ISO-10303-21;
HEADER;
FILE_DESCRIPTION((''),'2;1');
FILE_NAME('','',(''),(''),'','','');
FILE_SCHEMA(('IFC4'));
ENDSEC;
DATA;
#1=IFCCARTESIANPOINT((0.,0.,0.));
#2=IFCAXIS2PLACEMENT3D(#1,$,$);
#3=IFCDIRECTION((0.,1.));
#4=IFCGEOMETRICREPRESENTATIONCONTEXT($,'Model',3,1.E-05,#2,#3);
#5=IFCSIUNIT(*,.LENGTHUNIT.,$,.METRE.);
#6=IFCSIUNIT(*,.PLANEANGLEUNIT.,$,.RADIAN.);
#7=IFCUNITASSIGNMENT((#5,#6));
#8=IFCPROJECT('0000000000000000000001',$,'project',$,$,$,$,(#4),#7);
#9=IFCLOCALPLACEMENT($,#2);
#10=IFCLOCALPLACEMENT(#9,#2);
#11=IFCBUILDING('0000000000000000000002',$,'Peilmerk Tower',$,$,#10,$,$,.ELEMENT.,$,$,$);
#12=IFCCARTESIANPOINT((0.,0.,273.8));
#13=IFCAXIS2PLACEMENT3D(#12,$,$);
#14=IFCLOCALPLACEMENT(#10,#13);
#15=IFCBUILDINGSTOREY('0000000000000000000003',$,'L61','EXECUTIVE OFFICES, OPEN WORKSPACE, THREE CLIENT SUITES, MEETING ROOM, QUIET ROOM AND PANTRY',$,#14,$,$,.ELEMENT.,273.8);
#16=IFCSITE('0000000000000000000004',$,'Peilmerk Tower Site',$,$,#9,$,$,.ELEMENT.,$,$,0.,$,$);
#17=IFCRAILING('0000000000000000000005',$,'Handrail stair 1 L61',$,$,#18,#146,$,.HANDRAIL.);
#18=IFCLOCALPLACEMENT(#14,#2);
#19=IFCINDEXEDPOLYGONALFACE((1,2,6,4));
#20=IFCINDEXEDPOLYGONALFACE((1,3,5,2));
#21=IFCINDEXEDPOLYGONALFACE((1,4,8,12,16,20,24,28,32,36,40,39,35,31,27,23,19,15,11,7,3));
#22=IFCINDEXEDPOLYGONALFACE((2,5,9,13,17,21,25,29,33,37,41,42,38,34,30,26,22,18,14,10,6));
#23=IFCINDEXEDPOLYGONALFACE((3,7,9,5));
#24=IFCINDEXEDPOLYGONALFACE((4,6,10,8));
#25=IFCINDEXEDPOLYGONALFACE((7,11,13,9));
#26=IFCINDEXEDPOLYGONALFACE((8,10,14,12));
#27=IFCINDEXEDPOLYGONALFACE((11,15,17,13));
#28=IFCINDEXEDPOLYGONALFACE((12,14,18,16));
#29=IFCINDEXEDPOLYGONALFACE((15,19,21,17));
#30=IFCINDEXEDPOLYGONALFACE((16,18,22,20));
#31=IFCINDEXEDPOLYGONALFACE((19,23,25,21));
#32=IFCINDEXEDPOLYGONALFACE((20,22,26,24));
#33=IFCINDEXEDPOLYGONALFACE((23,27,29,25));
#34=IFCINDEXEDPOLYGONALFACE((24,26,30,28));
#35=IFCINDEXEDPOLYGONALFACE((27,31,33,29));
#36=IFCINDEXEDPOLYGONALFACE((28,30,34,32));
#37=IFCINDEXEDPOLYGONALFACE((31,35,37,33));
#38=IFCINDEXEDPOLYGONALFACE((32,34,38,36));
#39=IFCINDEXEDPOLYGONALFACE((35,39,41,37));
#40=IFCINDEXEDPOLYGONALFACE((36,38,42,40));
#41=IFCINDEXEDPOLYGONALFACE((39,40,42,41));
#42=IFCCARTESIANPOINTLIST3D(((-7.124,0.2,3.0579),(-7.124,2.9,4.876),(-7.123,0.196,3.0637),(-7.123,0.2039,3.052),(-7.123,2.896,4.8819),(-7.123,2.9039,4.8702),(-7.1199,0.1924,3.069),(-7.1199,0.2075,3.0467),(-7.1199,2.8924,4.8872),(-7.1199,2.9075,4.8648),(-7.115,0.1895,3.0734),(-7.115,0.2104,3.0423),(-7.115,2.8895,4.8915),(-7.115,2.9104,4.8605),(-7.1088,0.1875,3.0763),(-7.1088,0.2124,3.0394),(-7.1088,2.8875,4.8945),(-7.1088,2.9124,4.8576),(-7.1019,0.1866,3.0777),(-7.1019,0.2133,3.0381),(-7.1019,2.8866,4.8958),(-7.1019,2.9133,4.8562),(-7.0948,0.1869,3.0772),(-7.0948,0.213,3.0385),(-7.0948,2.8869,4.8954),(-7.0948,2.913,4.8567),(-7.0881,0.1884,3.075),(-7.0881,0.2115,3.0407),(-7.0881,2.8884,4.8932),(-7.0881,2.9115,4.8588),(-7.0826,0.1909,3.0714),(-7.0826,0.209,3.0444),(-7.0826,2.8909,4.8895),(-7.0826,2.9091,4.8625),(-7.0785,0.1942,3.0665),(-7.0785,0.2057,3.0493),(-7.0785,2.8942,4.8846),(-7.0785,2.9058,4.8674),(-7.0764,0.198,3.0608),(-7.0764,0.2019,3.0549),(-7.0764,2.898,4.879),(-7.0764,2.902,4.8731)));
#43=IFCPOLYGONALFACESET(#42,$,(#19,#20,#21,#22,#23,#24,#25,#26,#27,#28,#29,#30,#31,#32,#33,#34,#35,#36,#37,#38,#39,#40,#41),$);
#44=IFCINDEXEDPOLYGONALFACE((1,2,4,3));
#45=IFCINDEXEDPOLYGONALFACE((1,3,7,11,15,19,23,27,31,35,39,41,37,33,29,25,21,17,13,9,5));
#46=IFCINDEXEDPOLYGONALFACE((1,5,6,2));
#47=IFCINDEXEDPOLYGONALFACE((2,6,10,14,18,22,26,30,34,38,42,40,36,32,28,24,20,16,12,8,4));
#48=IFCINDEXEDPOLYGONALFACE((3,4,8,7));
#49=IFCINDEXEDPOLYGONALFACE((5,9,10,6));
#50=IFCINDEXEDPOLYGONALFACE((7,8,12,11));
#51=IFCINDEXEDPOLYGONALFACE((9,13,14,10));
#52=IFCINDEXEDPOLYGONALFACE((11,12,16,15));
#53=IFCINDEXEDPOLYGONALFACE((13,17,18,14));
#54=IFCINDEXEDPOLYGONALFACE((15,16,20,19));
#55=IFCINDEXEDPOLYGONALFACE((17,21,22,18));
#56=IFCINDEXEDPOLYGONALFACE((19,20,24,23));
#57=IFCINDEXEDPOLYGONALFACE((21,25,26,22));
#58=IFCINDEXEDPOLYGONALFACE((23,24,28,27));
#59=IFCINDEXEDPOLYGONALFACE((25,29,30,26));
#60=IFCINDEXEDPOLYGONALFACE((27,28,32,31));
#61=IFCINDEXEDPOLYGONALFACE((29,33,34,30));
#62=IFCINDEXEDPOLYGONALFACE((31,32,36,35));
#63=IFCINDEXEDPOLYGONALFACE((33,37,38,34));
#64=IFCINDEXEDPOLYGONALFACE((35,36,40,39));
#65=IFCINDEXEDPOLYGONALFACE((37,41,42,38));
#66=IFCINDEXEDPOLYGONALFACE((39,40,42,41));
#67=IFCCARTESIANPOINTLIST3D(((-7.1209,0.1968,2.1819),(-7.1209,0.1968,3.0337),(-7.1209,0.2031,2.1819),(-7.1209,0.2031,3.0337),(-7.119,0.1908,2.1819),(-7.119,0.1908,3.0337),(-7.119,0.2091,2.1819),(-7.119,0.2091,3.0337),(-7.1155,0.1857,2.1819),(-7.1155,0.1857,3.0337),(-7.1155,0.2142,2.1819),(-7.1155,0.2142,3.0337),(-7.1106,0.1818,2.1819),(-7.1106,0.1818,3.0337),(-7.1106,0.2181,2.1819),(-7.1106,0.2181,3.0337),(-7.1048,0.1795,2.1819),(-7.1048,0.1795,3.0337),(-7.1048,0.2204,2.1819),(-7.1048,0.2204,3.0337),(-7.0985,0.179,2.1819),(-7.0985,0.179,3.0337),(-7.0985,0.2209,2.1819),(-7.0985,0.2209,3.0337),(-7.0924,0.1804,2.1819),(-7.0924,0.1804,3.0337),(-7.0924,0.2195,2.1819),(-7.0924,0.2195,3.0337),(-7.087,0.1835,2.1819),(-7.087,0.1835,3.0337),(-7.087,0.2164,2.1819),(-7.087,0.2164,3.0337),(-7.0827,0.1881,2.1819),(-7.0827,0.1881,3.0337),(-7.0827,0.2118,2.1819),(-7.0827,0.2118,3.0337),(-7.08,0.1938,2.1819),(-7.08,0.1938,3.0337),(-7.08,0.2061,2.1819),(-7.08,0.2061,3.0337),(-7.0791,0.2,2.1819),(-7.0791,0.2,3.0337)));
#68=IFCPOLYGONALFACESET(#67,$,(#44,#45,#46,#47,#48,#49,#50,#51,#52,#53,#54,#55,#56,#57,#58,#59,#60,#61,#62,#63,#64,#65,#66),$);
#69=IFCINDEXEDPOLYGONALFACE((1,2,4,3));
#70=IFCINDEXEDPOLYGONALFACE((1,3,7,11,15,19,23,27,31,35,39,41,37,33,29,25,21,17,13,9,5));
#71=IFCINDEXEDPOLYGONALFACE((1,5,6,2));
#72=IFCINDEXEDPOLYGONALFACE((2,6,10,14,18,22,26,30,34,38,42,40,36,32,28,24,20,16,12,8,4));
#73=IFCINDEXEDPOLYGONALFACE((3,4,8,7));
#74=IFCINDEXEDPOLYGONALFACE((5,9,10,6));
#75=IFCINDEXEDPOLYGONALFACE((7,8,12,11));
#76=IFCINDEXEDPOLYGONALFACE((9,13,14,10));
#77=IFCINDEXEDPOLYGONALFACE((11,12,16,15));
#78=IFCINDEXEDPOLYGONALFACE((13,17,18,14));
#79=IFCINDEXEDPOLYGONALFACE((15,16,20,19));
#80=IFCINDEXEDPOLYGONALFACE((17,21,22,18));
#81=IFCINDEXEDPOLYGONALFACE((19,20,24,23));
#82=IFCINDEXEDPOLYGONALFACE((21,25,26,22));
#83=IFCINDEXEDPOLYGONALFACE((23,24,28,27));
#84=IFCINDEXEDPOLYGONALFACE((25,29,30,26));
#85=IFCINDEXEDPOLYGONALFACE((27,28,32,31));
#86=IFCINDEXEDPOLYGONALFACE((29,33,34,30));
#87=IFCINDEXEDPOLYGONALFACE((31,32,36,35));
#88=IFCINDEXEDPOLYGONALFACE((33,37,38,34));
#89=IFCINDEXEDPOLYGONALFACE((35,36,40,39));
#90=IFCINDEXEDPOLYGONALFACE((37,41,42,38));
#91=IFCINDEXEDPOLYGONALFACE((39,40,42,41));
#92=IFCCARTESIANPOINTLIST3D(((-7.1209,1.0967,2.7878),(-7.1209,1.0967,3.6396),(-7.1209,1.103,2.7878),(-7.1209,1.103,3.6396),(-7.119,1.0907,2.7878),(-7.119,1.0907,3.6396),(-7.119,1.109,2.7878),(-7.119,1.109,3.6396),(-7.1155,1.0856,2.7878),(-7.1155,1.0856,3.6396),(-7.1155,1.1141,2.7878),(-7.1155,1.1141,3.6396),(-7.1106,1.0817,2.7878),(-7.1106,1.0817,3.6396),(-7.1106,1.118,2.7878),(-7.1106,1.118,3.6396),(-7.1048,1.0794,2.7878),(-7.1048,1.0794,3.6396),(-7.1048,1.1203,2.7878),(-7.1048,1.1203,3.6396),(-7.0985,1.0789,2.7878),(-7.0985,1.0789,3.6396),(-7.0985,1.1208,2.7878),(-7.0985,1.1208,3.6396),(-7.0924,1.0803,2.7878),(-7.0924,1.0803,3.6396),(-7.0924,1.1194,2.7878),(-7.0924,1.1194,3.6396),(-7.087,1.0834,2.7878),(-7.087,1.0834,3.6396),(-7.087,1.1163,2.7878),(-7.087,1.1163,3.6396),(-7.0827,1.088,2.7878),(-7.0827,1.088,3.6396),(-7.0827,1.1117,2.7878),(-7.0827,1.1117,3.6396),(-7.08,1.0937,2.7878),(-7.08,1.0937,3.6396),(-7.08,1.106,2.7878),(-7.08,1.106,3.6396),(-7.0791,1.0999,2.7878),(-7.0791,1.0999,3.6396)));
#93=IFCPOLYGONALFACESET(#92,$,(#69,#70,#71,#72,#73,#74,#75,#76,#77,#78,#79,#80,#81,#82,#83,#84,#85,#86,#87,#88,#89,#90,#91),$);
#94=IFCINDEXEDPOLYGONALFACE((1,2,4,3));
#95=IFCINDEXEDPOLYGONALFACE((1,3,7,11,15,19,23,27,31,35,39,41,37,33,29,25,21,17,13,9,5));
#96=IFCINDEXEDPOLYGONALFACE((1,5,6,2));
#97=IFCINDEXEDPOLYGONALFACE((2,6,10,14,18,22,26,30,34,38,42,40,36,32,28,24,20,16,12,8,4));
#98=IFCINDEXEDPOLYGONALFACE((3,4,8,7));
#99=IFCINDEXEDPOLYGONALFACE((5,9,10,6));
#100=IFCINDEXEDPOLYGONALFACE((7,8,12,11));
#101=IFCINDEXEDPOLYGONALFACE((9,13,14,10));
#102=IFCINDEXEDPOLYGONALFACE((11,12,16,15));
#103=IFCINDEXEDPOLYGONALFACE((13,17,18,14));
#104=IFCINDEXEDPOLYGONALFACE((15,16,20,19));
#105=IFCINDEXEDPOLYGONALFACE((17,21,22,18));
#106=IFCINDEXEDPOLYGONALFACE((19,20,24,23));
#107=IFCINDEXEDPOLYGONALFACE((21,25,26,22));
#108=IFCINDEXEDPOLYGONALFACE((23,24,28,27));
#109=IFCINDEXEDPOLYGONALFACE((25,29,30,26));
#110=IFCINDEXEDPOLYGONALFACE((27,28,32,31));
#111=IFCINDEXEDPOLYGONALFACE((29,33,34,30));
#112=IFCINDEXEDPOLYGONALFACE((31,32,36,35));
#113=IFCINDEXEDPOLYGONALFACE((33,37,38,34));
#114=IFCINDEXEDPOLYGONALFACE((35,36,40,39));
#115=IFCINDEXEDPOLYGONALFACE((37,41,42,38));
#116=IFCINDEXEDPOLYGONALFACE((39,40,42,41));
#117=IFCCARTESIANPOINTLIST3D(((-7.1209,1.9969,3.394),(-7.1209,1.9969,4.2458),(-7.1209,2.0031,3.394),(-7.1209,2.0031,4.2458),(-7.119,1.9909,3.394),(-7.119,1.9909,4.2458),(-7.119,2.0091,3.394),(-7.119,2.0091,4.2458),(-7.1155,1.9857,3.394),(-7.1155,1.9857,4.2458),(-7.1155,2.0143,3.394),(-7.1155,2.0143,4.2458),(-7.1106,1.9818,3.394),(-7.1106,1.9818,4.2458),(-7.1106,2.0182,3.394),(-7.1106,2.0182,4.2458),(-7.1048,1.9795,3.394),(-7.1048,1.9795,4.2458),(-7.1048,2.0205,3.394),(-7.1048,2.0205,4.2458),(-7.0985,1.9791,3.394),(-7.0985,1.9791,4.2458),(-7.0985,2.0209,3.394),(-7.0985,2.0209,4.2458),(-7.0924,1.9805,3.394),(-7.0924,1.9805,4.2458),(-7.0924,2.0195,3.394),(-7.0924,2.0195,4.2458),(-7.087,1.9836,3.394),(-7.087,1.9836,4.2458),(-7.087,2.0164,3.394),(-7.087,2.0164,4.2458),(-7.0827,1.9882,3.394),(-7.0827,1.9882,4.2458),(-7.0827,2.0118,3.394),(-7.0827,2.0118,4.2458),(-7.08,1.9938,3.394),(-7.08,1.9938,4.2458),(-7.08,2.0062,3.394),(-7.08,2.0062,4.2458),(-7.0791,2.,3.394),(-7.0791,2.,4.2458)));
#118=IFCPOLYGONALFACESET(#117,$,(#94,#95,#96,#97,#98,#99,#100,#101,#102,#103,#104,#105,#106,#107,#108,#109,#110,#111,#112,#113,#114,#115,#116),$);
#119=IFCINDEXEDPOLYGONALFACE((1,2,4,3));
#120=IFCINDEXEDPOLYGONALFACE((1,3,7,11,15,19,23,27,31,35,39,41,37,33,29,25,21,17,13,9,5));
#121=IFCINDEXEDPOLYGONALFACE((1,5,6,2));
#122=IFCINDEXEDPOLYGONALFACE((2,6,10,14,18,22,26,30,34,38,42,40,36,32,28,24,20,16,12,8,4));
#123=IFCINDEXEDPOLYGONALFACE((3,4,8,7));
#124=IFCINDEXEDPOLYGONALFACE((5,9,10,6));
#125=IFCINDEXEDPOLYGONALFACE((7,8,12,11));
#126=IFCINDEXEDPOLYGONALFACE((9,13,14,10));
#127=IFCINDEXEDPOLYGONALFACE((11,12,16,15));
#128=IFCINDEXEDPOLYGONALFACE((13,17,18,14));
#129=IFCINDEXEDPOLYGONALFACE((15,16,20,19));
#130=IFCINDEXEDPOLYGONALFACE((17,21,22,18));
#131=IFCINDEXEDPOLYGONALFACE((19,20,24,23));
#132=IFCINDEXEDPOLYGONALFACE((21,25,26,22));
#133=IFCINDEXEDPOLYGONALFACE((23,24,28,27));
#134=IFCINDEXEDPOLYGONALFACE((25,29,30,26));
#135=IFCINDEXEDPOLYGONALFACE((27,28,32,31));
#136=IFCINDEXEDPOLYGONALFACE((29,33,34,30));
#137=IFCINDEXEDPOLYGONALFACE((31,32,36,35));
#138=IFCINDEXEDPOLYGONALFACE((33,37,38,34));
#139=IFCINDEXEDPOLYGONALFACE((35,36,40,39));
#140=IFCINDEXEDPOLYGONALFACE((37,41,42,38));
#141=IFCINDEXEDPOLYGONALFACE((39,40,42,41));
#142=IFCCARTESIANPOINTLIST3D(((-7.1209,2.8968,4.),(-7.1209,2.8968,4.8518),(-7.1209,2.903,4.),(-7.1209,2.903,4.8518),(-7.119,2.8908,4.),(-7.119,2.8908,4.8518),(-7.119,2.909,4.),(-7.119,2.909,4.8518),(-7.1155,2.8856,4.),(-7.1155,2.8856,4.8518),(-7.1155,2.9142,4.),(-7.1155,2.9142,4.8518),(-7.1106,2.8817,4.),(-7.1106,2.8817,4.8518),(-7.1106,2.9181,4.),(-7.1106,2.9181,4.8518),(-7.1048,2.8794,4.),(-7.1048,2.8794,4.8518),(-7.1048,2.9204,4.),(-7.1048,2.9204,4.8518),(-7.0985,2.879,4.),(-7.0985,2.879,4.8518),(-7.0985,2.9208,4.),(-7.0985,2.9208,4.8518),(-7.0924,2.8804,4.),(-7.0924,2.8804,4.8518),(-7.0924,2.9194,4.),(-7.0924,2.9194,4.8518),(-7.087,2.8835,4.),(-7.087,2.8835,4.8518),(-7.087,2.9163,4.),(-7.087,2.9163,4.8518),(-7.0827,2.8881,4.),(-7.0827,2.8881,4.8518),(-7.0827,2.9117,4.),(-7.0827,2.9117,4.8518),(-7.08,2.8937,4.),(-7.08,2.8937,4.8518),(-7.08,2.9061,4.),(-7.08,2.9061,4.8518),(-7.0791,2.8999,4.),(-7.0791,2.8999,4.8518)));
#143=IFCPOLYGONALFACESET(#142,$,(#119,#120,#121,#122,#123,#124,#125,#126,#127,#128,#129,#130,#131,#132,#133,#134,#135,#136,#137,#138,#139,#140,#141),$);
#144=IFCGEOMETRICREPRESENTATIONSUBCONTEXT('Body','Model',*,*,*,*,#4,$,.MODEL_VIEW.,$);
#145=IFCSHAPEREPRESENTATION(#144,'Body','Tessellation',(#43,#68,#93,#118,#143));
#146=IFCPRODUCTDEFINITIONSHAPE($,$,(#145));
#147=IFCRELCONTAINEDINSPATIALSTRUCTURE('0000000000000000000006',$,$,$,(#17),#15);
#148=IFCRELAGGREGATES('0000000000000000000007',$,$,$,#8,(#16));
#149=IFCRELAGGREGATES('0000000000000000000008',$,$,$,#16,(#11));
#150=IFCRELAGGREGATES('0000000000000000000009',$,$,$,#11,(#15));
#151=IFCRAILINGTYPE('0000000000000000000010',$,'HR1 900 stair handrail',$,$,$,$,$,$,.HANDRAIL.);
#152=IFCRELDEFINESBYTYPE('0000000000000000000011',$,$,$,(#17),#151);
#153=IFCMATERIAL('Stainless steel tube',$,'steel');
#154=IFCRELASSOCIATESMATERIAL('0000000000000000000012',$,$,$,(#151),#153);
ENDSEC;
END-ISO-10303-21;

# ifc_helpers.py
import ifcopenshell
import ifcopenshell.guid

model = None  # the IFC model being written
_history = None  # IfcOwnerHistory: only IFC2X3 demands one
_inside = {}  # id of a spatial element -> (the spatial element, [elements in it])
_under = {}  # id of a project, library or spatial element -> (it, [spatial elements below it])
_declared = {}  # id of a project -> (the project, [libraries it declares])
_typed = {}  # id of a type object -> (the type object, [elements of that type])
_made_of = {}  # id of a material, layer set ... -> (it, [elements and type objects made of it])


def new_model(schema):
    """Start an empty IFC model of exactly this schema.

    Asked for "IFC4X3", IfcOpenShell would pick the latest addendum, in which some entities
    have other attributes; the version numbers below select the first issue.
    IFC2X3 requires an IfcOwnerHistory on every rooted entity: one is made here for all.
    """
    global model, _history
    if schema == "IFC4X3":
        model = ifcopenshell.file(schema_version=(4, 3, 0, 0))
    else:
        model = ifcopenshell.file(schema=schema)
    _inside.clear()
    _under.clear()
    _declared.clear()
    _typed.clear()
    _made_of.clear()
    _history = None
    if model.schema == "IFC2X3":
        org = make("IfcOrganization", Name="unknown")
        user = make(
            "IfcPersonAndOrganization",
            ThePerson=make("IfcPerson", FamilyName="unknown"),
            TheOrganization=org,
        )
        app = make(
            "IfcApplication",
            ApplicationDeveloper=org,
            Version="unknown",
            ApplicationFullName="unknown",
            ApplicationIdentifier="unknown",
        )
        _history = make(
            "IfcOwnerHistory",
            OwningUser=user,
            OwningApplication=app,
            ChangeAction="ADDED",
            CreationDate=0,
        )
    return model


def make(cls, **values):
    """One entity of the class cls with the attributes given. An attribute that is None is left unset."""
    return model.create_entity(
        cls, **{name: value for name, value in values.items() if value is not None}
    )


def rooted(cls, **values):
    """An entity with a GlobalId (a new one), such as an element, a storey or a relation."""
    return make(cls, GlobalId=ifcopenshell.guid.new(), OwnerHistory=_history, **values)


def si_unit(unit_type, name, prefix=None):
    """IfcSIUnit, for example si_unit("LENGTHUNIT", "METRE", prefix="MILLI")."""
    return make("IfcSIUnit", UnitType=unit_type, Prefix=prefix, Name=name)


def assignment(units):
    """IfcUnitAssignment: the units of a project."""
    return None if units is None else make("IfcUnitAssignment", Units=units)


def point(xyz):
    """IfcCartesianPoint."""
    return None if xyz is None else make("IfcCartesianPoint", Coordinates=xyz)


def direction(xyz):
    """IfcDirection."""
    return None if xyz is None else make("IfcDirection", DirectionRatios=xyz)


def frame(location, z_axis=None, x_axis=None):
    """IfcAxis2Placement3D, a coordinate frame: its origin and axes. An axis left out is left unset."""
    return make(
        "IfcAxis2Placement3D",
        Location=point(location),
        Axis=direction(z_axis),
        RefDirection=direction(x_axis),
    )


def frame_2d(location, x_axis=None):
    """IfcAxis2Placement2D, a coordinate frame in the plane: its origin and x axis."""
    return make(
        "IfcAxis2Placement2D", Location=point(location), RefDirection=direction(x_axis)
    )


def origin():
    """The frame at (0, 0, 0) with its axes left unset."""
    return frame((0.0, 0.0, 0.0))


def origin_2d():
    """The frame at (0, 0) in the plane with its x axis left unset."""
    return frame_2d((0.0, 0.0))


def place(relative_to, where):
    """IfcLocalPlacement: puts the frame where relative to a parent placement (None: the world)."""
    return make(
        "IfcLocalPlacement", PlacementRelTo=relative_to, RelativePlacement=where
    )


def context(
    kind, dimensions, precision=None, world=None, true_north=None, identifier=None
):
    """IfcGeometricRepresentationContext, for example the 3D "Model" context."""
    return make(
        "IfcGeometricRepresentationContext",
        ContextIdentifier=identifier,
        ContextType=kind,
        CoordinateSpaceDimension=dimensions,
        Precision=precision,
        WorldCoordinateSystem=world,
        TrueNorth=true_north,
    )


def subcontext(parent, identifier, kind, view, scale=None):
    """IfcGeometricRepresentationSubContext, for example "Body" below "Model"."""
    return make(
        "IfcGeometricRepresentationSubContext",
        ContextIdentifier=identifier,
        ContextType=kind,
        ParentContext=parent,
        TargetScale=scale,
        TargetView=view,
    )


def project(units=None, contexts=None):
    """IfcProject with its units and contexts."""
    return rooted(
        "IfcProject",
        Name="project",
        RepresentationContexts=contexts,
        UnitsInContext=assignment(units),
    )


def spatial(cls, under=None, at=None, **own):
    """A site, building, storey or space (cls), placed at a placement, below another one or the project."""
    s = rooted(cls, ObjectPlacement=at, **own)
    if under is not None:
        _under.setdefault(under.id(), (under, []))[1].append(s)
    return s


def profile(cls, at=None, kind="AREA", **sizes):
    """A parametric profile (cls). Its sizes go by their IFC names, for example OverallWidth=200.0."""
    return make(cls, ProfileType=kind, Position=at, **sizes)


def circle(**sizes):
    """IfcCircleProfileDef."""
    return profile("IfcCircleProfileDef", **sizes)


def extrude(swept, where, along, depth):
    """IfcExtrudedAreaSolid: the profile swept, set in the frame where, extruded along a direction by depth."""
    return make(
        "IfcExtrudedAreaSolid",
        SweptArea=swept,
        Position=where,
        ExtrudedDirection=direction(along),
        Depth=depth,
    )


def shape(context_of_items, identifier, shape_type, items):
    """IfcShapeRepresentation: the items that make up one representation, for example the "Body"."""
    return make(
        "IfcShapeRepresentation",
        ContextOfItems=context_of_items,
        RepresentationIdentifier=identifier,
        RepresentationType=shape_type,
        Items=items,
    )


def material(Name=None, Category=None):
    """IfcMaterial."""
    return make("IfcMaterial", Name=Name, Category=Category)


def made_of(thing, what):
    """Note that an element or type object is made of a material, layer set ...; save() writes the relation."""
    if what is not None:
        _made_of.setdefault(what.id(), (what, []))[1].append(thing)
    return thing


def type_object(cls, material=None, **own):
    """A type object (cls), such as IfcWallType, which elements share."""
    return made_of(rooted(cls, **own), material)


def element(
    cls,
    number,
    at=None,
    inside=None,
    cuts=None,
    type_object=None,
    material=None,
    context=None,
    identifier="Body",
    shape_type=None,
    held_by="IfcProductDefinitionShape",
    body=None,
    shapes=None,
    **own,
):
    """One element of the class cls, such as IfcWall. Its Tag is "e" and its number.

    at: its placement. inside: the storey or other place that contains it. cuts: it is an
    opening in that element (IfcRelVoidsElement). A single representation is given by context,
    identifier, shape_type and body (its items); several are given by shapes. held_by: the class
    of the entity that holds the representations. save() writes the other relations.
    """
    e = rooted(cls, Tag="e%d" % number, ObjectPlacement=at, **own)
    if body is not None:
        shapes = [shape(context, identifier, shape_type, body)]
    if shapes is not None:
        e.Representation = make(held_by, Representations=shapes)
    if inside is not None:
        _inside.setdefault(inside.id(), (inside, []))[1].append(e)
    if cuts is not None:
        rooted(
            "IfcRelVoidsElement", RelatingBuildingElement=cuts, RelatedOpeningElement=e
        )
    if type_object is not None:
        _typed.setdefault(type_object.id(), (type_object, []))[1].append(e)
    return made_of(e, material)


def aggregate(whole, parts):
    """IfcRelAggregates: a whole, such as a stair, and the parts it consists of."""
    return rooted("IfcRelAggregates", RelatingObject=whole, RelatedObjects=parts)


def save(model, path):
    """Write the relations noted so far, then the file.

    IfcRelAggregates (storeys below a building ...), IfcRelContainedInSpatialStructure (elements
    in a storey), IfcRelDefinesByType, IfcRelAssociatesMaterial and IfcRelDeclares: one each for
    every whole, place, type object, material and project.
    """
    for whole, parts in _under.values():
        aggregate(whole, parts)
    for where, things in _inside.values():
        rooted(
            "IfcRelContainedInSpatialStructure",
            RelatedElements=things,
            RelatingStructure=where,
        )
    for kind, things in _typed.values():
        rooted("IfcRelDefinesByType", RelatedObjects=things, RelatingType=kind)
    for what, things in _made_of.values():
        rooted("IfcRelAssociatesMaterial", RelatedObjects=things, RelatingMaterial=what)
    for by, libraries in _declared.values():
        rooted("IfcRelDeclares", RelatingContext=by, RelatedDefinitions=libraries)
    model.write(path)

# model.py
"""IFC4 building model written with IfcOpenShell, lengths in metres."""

from ifc_helpers import new_model, si_unit, direction, frame, origin, origin_2d, place, context, subcontext, project, spatial, circle, extrude, material, type_object, element, save


model = new_model("IFC4")

# Units and contexts
model_context = context("Model", 3, precision=1e-05, world=origin(), true_north=direction((0.0, 1.0)))
body_context = subcontext(model_context, "Body", "Model", "MODEL_VIEW")
ifc_project = project(units=[si_unit("LENGTHUNIT", "METRE"), si_unit("PLANEANGLEUNIT", "RADIAN")], contexts=[model_context])

# Site, building, storey
site_placement = place(None, origin())
site = spatial("IfcSite", under=ifc_project, at=site_placement, Name="Peilmerk Tower Site", CompositionType="ELEMENT", RefElevation=0.0)
building_placement = place(site_placement, origin())
building = spatial("IfcBuilding", under=site, at=building_placement, Name="Peilmerk Tower", CompositionType="ELEMENT")
storey_placement = place(building_placement, frame((0.0, 0.0, 273.8)))
storey = spatial("IfcBuildingStorey", under=building, at=storey_placement, Name="L61", Description="EXECUTIVE OFFICES, OPEN WORKSPACE, THREE CLIENT SUITES, MEETING ROOM, QUIET ROOM AND PANTRY", CompositionType="ELEMENT", Elevation=273.8)

# Railing
ifc_material_1 = material(Name="Stainless steel tube", Category="steel")
railing_type_1 = type_object("IfcRailingType", Name="HR1 900 stair handrail", PredefinedType="HANDRAIL", material=ifc_material_1)
railing_1_placement = place(storey_placement, frame((-7.1001, 0.2, 2.1819)))
element("IfcRailing", 1, at=railing_1_placement, inside=storey, type_object=railing_type_1, Name="Handrail stair 1 L61", PredefinedType="HANDRAIL", context=body_context, shape_type="SweptSolid", body=[
    extrude(circle(Radius=0.0239, at=origin_2d()), frame((0.0, 0.0, 0.876), z_axis=(0.0, 0.829468, 0.558554), x_axis=(-1.0, 0.0, 0.0)), (0.0, 0.0, 1.0), 3.2551),
    extrude(circle(Radius=0.021, at=origin_2d()), origin(), (0.0, 0.0, 1.0), 0.8518),
    extrude(circle(Radius=0.021, at=origin_2d()), frame((0.0, 0.8999, 0.606)), (0.0, 0.0, 1.0), 0.8518),
    extrude(circle(Radius=0.021, at=origin_2d()), frame((0.0, 1.8, 1.2122)), (0.0, 0.0, 1.0), 0.8518),
    extrude(circle(Radius=0.021, at=origin_2d()), frame((0.0, 2.7, 1.8181)), (0.0, 0.0, 1.0), 0.8518),
])

save(model, "model.ifc")
